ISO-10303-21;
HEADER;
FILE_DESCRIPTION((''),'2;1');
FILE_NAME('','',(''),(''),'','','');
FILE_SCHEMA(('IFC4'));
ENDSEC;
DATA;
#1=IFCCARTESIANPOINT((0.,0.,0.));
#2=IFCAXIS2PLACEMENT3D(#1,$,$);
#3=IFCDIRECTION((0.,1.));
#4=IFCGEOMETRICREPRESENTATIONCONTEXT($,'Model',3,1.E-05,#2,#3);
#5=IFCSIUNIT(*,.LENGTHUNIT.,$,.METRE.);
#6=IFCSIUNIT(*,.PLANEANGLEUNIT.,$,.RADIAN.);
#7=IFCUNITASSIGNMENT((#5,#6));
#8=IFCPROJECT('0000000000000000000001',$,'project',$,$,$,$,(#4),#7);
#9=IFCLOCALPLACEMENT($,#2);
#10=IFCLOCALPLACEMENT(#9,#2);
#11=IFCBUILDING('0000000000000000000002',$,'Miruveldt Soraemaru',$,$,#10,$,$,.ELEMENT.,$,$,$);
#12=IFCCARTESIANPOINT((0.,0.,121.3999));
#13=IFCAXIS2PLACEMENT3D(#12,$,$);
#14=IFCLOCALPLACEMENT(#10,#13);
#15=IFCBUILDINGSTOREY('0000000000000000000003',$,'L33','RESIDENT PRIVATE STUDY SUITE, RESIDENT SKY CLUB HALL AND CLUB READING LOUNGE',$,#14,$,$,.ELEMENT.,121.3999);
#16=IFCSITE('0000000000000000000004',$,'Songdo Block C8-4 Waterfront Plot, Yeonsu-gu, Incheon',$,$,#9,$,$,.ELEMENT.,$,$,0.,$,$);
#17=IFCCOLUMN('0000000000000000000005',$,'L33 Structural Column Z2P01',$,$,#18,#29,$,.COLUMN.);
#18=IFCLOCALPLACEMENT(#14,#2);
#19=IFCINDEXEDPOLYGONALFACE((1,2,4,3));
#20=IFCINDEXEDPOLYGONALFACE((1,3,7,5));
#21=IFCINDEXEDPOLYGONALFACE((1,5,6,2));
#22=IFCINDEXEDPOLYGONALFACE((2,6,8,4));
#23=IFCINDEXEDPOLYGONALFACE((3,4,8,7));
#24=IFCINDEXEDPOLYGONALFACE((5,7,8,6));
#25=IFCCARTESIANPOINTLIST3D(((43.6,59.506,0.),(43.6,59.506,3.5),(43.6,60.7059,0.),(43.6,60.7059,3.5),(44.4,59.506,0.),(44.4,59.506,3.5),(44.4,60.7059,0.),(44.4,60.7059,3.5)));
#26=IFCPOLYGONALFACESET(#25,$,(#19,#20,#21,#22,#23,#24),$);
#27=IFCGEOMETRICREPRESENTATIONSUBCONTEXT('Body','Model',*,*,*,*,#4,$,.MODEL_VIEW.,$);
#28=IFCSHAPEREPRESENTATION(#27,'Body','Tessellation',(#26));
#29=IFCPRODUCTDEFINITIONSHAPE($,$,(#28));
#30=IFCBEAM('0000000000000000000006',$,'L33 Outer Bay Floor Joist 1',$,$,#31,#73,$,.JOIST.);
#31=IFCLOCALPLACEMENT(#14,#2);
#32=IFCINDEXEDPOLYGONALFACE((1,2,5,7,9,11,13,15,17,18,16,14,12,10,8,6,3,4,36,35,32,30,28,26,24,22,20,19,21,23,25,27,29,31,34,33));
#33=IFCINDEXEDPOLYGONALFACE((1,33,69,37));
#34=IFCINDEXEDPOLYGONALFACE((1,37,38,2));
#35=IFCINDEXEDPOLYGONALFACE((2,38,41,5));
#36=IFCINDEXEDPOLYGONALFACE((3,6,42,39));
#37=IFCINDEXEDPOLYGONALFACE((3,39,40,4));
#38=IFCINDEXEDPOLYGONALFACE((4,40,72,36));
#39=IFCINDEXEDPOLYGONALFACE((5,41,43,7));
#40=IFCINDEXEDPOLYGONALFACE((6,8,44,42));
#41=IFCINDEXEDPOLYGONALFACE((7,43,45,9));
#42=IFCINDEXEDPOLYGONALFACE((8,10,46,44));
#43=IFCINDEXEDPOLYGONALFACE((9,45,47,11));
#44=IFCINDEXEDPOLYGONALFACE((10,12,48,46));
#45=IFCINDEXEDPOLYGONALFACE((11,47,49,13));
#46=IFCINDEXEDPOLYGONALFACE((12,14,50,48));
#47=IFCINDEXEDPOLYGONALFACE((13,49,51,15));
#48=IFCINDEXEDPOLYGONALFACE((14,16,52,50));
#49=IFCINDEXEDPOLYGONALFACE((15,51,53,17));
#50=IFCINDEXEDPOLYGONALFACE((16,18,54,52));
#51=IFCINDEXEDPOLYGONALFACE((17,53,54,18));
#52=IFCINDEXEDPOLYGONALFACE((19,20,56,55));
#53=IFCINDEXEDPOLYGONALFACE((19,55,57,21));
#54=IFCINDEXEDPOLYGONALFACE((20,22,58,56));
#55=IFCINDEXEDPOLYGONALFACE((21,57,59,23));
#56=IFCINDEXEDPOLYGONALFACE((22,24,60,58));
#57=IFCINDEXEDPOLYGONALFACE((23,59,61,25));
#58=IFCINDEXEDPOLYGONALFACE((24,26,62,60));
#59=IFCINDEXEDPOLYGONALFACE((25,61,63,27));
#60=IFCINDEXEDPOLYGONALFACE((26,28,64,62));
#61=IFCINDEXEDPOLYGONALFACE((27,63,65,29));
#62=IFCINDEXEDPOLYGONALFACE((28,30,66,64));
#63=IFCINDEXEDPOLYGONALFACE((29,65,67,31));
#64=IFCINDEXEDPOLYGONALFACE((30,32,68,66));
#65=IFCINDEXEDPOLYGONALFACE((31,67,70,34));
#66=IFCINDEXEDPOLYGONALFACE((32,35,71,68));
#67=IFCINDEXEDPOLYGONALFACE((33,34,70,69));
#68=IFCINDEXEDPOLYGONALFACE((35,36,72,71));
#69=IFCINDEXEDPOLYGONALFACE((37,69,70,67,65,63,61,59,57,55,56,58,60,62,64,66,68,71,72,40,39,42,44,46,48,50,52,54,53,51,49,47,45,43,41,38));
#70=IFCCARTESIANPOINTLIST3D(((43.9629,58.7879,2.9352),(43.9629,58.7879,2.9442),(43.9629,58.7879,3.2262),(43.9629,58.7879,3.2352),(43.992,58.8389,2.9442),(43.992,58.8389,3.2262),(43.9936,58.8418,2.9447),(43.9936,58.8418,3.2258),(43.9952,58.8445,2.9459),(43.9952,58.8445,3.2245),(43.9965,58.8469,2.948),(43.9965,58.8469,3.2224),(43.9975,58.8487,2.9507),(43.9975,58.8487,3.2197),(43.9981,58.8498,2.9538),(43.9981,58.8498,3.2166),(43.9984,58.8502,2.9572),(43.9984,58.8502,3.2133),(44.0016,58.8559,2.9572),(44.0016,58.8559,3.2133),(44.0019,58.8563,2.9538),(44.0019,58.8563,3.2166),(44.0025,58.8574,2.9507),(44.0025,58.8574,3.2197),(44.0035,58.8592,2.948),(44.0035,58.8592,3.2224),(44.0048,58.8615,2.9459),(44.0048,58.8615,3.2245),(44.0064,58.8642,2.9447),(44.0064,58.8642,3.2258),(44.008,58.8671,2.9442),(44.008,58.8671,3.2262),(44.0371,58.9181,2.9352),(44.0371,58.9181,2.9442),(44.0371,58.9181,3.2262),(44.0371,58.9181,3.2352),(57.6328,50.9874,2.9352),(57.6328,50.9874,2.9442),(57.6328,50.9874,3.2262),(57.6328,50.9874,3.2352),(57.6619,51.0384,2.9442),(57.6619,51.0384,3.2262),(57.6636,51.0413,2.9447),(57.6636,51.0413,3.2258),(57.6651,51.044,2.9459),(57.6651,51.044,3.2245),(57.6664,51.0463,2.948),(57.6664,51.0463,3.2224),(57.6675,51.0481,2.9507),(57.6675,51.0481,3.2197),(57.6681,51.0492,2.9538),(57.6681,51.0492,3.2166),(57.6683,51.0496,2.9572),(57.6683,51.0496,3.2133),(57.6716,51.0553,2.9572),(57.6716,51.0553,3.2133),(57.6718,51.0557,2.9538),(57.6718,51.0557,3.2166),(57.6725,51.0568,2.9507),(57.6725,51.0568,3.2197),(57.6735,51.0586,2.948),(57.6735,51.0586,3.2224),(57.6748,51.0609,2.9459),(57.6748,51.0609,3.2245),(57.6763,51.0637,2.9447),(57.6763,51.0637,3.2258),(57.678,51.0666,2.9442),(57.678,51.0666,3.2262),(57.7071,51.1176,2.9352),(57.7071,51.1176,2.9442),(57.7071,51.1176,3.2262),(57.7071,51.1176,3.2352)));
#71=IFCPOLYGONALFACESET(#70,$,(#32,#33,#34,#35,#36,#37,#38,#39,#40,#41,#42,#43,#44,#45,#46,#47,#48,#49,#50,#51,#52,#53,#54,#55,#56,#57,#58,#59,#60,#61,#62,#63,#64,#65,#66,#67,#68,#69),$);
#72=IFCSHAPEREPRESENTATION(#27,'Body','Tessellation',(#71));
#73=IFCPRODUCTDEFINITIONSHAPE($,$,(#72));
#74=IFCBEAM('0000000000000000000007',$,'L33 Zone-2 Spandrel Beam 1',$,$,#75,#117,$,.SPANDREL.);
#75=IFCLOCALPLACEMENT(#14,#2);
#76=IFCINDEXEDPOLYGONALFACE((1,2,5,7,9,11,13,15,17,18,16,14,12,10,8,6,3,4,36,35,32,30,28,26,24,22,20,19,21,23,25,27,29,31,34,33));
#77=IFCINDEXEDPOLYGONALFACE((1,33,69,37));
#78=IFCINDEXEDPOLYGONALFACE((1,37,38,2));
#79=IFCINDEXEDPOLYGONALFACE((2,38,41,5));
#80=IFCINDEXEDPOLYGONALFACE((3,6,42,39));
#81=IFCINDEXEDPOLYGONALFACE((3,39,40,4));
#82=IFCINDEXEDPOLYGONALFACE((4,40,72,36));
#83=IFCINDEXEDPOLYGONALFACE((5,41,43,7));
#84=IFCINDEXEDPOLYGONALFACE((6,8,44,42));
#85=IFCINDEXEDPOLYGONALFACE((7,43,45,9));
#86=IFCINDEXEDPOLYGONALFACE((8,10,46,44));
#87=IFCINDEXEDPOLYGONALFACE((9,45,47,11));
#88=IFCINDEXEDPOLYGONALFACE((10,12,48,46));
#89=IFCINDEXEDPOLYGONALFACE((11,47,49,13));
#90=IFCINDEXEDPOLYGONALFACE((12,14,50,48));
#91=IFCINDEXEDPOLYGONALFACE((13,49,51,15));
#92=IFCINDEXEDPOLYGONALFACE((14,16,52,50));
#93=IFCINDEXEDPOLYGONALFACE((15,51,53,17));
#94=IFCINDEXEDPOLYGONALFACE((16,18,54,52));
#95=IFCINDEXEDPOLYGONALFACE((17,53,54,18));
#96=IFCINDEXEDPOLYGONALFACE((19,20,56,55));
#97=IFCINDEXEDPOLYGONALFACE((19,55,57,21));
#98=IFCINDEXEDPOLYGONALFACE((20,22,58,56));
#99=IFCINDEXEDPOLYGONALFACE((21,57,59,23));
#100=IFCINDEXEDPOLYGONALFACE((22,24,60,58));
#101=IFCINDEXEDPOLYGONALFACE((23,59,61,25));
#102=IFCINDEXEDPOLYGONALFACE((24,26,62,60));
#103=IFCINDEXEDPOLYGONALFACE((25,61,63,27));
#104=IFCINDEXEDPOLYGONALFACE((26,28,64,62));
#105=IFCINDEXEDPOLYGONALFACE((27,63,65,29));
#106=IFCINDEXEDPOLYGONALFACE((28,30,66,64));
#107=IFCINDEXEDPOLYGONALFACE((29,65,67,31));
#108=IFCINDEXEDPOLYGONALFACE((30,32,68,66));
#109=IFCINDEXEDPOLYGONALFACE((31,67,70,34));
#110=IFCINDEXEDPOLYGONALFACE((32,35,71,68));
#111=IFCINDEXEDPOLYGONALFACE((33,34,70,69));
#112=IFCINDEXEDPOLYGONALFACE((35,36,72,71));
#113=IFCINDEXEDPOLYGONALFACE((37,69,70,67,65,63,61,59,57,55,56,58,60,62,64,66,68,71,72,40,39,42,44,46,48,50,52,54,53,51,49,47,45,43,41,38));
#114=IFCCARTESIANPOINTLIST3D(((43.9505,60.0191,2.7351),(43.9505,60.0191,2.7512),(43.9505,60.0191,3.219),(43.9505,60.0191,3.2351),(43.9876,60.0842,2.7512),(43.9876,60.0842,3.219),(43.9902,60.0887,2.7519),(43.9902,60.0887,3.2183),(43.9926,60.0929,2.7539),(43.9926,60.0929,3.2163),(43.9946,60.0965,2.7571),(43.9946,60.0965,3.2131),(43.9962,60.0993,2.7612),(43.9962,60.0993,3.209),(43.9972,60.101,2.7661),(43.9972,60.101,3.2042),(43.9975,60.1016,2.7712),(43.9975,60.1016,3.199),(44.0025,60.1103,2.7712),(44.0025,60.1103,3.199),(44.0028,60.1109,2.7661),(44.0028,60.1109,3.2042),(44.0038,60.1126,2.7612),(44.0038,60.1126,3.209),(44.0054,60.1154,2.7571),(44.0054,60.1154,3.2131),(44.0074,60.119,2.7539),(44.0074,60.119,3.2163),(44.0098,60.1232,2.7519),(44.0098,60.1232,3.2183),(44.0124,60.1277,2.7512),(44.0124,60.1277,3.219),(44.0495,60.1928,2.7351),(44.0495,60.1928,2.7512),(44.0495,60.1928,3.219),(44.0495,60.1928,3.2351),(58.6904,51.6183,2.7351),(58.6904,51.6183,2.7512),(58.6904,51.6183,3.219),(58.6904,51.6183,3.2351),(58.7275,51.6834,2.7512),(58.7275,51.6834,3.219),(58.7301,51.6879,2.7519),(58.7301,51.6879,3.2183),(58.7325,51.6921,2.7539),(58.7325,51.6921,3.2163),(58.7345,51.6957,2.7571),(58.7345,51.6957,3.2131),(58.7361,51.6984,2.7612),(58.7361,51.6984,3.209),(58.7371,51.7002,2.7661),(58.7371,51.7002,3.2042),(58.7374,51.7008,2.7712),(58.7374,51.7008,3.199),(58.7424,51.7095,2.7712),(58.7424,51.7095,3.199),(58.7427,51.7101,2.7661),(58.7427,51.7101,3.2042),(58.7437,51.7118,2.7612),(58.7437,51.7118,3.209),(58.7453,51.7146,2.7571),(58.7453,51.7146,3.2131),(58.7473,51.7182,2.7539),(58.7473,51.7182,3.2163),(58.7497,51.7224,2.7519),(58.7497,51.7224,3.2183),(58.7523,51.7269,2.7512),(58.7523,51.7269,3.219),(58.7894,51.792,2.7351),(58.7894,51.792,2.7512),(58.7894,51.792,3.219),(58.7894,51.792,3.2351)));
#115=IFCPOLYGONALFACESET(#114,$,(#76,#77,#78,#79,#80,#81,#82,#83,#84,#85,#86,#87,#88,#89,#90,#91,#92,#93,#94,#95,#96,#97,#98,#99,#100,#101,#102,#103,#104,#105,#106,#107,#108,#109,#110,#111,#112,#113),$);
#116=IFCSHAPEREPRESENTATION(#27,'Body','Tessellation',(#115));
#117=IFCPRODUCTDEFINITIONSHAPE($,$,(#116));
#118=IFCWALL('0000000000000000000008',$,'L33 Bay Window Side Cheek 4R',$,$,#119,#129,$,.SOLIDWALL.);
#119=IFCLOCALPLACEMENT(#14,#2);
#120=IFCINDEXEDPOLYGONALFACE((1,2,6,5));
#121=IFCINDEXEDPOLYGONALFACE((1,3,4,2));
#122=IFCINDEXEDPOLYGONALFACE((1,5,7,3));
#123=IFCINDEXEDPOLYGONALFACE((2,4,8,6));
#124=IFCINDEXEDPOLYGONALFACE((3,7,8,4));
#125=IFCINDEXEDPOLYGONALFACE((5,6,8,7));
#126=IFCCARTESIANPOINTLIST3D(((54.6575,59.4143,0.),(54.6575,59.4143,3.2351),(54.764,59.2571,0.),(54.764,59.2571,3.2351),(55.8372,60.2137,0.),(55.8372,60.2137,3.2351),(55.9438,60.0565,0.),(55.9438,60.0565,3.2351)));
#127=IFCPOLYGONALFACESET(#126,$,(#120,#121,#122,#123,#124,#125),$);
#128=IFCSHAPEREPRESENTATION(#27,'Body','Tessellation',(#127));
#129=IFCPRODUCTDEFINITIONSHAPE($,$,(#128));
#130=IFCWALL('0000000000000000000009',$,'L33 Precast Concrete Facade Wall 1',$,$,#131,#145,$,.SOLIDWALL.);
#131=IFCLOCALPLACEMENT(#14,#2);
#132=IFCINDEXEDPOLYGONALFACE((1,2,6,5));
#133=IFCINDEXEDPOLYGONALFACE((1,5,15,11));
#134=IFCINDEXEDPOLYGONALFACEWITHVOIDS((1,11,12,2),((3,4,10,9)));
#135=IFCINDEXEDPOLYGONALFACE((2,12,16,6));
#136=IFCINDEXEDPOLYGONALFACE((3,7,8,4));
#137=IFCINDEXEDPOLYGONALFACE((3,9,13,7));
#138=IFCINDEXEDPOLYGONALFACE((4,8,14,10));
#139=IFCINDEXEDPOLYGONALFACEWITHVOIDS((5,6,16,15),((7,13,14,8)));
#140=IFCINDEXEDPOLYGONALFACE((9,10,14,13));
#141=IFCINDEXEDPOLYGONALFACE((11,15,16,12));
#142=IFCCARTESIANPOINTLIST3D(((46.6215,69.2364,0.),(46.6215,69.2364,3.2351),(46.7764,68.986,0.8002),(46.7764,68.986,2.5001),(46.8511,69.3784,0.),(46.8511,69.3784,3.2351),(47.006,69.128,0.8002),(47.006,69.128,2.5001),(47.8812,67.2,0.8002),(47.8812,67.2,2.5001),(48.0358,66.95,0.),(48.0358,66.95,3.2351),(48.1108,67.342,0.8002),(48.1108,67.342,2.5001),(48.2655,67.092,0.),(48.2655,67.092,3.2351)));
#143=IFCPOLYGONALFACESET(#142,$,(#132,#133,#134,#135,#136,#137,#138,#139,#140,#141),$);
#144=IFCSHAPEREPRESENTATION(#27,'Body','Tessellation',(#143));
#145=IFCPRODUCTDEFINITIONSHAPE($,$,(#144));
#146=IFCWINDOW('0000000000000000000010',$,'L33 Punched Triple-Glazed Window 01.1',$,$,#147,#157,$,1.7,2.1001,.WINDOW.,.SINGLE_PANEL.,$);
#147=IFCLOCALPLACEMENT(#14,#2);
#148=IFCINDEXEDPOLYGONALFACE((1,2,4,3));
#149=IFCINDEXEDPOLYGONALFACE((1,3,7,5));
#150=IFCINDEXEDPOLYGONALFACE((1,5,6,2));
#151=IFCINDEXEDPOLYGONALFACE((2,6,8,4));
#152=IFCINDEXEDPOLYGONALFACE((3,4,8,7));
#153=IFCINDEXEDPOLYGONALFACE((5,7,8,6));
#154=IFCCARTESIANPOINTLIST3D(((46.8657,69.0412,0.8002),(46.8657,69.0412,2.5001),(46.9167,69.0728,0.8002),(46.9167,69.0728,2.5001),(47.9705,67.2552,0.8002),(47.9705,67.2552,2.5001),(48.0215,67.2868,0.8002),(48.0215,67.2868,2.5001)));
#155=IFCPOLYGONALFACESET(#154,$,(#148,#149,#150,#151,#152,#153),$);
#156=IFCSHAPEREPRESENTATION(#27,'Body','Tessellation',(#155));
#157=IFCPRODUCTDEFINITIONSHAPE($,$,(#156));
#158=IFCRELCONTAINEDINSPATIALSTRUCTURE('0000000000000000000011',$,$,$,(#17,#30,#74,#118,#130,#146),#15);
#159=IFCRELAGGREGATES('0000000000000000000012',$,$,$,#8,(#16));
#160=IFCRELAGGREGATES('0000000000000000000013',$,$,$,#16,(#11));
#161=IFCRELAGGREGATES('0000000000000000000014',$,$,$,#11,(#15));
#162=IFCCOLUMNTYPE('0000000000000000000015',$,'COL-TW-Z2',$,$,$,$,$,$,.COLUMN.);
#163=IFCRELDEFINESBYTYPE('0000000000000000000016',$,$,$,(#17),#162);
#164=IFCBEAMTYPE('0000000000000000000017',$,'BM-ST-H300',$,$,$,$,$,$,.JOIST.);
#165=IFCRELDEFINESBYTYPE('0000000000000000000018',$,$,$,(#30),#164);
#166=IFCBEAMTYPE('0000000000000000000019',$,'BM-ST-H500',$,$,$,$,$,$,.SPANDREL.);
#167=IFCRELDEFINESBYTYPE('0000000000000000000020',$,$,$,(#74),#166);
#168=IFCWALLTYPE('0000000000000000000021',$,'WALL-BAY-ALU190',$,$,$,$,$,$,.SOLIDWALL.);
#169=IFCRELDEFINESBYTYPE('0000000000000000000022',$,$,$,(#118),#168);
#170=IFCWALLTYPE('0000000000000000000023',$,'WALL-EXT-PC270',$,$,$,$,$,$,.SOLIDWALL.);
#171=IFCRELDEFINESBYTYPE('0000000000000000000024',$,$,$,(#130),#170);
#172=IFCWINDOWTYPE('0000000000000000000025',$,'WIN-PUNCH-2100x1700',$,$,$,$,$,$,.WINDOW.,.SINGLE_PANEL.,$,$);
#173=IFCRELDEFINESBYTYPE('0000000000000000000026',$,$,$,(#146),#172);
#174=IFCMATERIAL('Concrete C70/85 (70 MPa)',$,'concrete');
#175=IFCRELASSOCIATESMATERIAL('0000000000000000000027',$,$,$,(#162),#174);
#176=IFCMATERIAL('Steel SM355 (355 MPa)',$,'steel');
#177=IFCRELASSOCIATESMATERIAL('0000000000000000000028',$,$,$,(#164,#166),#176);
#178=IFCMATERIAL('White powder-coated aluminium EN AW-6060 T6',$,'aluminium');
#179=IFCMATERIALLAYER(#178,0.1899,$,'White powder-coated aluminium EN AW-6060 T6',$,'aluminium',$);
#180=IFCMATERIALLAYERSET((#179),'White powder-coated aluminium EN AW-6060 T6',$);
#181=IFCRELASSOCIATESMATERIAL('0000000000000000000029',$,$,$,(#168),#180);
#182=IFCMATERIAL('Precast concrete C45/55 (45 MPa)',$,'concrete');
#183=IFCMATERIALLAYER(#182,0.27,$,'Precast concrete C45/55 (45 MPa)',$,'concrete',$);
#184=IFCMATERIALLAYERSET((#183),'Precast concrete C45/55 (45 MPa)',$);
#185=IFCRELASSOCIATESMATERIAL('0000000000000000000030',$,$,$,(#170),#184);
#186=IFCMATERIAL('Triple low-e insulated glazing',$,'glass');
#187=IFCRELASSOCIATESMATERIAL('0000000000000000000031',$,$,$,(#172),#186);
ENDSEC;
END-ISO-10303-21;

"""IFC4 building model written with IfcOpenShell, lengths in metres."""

from ifc_helpers import new_model, si_unit, direction, frame, frame_2d, origin, origin_2d, place, context, subcontext, project, spatial, rectangle, i_section, extrude, material, layer, layer_set, material_profile, profile_set, type_object, element, fill, save


model = new_model("IFC4")

# Units and contexts
model_context = context("Model", 3, precision=1e-05, world=origin(), true_north=direction((0.0, 1.0)))
body_context = subcontext(model_context, "Body", "Model", "MODEL_VIEW")
ifc_project = project(units=[si_unit("LENGTHUNIT", "METRE"), si_unit("PLANEANGLEUNIT", "RADIAN")], contexts=[model_context])

# Site, building, storey
site_placement = place(None, origin())
site = spatial("IfcSite", under=ifc_project, at=site_placement, Name="Songdo Block C8-4 Waterfront Plot, Yeonsu-gu, Incheon", CompositionType="ELEMENT", RefElevation=0.0)
building_placement = place(site_placement, origin())
building = spatial("IfcBuilding", under=site, at=building_placement, Name="Miruveldt Soraemaru", CompositionType="ELEMENT")
storey_placement = place(building_placement, frame((0.0, 0.0, 121.3999)))
storey = spatial("IfcBuildingStorey", under=building, at=storey_placement, Name="L33", Description="RESIDENT PRIVATE STUDY SUITE, RESIDENT SKY CLUB HALL AND CLUB READING LOUNGE", CompositionType="ELEMENT", Elevation=121.3999)

# Column
ifc_material_1 = material(Name="Concrete C70/85 (70 MPa)", Category="concrete")
ifc_material_profile_1 = material_profile(ifc_material_1, rectangle(XDim=1.2, YDim=0.8, at=origin_2d()), Name="Concrete C70/85 (70 MPa)", Category="concrete")
ifc_profile_set_1 = profile_set([ifc_material_profile_1], Name="Concrete C70/85 (70 MPa)")
column_type = type_object("IfcColumnType", Name="COL-TW-Z2", PredefinedType="COLUMN", material=ifc_profile_set_1)
column_placement = place(storey_placement, frame((44.0, 60.106, 0.0), z_axis=(0.0, 0.0, 1.0), x_axis=(0.0, 1.0, 0.0)))
element("IfcColumn", 1, at=column_placement, inside=storey, type_object=column_type, Name="L33 Structural Column Z2P01", PredefinedType="COLUMN", context=body_context, shape_type="SweptSolid", body=[
    extrude(rectangle(XDim=1.2, YDim=0.8, at=origin_2d()), origin(), (0.0, 0.0, 1.0), 3.5),
])

# Beams
ifc_material_2 = material(Name="Steel SM355 (355 MPa)", Category="steel")
ifc_material_profile_2 = material_profile(ifc_material_2, i_section(OverallWidth=0.1499, OverallDepth=0.3, WebThickness=0.0066, FlangeThickness=0.009, FilletRadius=0.0129, at=origin_2d()), Name="Steel SM355 (355 MPa)", Category="steel")
ifc_profile_set_2 = profile_set([ifc_material_profile_2], Name="Steel SM355 (355 MPa)")
beam_type_1 = type_object("IfcBeamType", Name="BM-ST-H300", PredefinedType="JOIST", material=ifc_profile_set_2)
beam_1_placement = place(storey_placement, frame((44.0, 58.853, 3.0852), z_axis=(0.86854, -0.495619, 0.0), x_axis=(0.495619, 0.86854, 0.0)))
element("IfcBeam", 2, at=beam_1_placement, inside=storey, type_object=beam_type_1, Name="L33 Outer Bay Floor Joist 1", PredefinedType="JOIST", context=body_context, shape_type="SweptSolid", body=[
    extrude(i_section(OverallWidth=0.1499, OverallDepth=0.3, WebThickness=0.0066, FlangeThickness=0.009, FilletRadius=0.0129, at=origin_2d()), origin(), (0.0, 0.0, 1.0), 15.739),
])
ifc_material_profile_3 = material_profile(ifc_material_2, i_section(OverallWidth=0.2, OverallDepth=0.5, WebThickness=0.01, FlangeThickness=0.0161, FilletRadius=0.02, at=origin_2d()), Name="Steel SM355 (355 MPa)", Category="steel")
ifc_profile_set_3 = profile_set([ifc_material_profile_3], Name="Steel SM355 (355 MPa)")
beam_type_2 = type_object("IfcBeamType", Name="BM-ST-H500", PredefinedType="SPANDREL", material=ifc_profile_set_3)
beam_2_placement = place(storey_placement, frame((44.0, 60.106, 2.9851), z_axis=(0.8688, -0.495162, 0.0), x_axis=(0.495162, 0.8688, 0.0)))
element("IfcBeam", 3, at=beam_2_placement, inside=storey, type_object=beam_type_2, Name="L33 Zone-2 Spandrel Beam 1", PredefinedType="SPANDREL", context=body_context, shape_type="SweptSolid", body=[
    extrude(i_section(OverallWidth=0.2, OverallDepth=0.5, WebThickness=0.01, FlangeThickness=0.0161, FilletRadius=0.02, at=origin_2d()), origin(), (0.0, 0.0, 1.0), 16.9658),
])

# Wall
ifc_material_3 = material(Name="White powder-coated aluminium EN AW-6060 T6", Category="aluminium")
ifc_layer_1 = layer(ifc_material_3, 0.1899, Name="White powder-coated aluminium EN AW-6060 T6", Category="aluminium")
ifc_layer_set_1 = layer_set([ifc_layer_1], Name="White powder-coated aluminium EN AW-6060 T6")
wall_type_1 = type_object("IfcWallType", Name="WALL-BAY-ALU190", PredefinedType="SOLIDWALL", material=ifc_layer_set_1)
wall_1_placement = place(storey_placement, frame((55.8904, 60.135, 0.0), z_axis=(0.0, 0.0, 1.0), x_axis=(-0.827862, -0.560931, 0.0)))
element("IfcWall", 4, at=wall_1_placement, inside=storey, type_object=wall_type_1, Name="L33 Bay Window Side Cheek 4R", PredefinedType="SOLIDWALL", context=body_context, shape_type="SweptSolid", body=[
    extrude(rectangle(XDim=1.425, YDim=0.1899, at=frame_2d((0.7124, 0.0))), origin(), (0.0, 0.0, 1.0), 3.2351),
])

# Wall, opening, window
ifc_material_4 = material(Name="Precast concrete C45/55 (45 MPa)", Category="concrete")
ifc_layer_2 = layer(ifc_material_4, 0.27, Name="Precast concrete C45/55 (45 MPa)", Category="concrete")
ifc_layer_set_2 = layer_set([ifc_layer_2], Name="Precast concrete C45/55 (45 MPa)")
wall_type_2 = type_object("IfcWallType", Name="WALL-EXT-PC270", PredefinedType="SOLIDWALL", material=ifc_layer_set_2)
wall_2_placement = place(storey_placement, frame((48.1506, 67.021, 0.0), z_axis=(0.0, 0.0, 1.0), x_axis=(-0.526067, 0.850443, 0.0)))
wall_2 = element("IfcWall", 5, at=wall_2_placement, inside=storey, type_object=wall_type_2, Name="L33 Precast Concrete Facade Wall 1", PredefinedType="SOLIDWALL", context=body_context, shape_type="SweptSolid", body=[
    extrude(rectangle(XDim=2.6885, YDim=0.27, at=frame_2d((1.3442, 0.0))), origin(), (0.0, 0.0, 1.0), 3.2351),
])
opening_1_placement = place(wall_2_placement, frame((0.2939, 0.0, 0.8)))
opening_1 = element("IfcOpeningElement", 6, at=opening_1_placement, cuts=wall_2, PredefinedType="OPENING", context=body_context, shape_type="SweptSolid", body=[
    extrude(rectangle(XDim=2.1001, YDim=1.7, at=frame_2d((1.05, 0.8501))), frame((0.0, 0.145, 0.0), z_axis=(0.0, -1.0, 0.0), x_axis=(1.0, 0.0, 0.0)), (0.0, 0.0, 1.0), 0.29),
])
ifc_material_5 = material(Name="Triple low-e insulated glazing", Category="glass")
window_type_1 = type_object("IfcWindowType", Name="WIN-PUNCH-2100x1700", PartitioningType="SINGLE_PANEL", PredefinedType="WINDOW", material=ifc_material_5)
window_1_placement = place(opening_1_placement, origin())
window_1 = element("IfcWindow", 7, at=window_1_placement, inside=storey, type_object=window_type_1, Name="L33 Punched Triple-Glazed Window 01.1", OverallHeight=1.7, OverallWidth=2.1001, PartitioningType="SINGLE_PANEL", PredefinedType="WINDOW", context=body_context, shape_type="SweptSolid", body=[
    extrude(rectangle(XDim=2.1001, YDim=1.7, at=frame_2d((1.05, 0.8501))), frame((0.0, 0.03, 0.0), z_axis=(0.0, -1.0, 0.0), x_axis=(1.0, 0.0, 0.0)), (0.0, 0.0, 1.0), 0.0601),
])
fill(opening_1, window_1)

save(model, "model.ifc")
